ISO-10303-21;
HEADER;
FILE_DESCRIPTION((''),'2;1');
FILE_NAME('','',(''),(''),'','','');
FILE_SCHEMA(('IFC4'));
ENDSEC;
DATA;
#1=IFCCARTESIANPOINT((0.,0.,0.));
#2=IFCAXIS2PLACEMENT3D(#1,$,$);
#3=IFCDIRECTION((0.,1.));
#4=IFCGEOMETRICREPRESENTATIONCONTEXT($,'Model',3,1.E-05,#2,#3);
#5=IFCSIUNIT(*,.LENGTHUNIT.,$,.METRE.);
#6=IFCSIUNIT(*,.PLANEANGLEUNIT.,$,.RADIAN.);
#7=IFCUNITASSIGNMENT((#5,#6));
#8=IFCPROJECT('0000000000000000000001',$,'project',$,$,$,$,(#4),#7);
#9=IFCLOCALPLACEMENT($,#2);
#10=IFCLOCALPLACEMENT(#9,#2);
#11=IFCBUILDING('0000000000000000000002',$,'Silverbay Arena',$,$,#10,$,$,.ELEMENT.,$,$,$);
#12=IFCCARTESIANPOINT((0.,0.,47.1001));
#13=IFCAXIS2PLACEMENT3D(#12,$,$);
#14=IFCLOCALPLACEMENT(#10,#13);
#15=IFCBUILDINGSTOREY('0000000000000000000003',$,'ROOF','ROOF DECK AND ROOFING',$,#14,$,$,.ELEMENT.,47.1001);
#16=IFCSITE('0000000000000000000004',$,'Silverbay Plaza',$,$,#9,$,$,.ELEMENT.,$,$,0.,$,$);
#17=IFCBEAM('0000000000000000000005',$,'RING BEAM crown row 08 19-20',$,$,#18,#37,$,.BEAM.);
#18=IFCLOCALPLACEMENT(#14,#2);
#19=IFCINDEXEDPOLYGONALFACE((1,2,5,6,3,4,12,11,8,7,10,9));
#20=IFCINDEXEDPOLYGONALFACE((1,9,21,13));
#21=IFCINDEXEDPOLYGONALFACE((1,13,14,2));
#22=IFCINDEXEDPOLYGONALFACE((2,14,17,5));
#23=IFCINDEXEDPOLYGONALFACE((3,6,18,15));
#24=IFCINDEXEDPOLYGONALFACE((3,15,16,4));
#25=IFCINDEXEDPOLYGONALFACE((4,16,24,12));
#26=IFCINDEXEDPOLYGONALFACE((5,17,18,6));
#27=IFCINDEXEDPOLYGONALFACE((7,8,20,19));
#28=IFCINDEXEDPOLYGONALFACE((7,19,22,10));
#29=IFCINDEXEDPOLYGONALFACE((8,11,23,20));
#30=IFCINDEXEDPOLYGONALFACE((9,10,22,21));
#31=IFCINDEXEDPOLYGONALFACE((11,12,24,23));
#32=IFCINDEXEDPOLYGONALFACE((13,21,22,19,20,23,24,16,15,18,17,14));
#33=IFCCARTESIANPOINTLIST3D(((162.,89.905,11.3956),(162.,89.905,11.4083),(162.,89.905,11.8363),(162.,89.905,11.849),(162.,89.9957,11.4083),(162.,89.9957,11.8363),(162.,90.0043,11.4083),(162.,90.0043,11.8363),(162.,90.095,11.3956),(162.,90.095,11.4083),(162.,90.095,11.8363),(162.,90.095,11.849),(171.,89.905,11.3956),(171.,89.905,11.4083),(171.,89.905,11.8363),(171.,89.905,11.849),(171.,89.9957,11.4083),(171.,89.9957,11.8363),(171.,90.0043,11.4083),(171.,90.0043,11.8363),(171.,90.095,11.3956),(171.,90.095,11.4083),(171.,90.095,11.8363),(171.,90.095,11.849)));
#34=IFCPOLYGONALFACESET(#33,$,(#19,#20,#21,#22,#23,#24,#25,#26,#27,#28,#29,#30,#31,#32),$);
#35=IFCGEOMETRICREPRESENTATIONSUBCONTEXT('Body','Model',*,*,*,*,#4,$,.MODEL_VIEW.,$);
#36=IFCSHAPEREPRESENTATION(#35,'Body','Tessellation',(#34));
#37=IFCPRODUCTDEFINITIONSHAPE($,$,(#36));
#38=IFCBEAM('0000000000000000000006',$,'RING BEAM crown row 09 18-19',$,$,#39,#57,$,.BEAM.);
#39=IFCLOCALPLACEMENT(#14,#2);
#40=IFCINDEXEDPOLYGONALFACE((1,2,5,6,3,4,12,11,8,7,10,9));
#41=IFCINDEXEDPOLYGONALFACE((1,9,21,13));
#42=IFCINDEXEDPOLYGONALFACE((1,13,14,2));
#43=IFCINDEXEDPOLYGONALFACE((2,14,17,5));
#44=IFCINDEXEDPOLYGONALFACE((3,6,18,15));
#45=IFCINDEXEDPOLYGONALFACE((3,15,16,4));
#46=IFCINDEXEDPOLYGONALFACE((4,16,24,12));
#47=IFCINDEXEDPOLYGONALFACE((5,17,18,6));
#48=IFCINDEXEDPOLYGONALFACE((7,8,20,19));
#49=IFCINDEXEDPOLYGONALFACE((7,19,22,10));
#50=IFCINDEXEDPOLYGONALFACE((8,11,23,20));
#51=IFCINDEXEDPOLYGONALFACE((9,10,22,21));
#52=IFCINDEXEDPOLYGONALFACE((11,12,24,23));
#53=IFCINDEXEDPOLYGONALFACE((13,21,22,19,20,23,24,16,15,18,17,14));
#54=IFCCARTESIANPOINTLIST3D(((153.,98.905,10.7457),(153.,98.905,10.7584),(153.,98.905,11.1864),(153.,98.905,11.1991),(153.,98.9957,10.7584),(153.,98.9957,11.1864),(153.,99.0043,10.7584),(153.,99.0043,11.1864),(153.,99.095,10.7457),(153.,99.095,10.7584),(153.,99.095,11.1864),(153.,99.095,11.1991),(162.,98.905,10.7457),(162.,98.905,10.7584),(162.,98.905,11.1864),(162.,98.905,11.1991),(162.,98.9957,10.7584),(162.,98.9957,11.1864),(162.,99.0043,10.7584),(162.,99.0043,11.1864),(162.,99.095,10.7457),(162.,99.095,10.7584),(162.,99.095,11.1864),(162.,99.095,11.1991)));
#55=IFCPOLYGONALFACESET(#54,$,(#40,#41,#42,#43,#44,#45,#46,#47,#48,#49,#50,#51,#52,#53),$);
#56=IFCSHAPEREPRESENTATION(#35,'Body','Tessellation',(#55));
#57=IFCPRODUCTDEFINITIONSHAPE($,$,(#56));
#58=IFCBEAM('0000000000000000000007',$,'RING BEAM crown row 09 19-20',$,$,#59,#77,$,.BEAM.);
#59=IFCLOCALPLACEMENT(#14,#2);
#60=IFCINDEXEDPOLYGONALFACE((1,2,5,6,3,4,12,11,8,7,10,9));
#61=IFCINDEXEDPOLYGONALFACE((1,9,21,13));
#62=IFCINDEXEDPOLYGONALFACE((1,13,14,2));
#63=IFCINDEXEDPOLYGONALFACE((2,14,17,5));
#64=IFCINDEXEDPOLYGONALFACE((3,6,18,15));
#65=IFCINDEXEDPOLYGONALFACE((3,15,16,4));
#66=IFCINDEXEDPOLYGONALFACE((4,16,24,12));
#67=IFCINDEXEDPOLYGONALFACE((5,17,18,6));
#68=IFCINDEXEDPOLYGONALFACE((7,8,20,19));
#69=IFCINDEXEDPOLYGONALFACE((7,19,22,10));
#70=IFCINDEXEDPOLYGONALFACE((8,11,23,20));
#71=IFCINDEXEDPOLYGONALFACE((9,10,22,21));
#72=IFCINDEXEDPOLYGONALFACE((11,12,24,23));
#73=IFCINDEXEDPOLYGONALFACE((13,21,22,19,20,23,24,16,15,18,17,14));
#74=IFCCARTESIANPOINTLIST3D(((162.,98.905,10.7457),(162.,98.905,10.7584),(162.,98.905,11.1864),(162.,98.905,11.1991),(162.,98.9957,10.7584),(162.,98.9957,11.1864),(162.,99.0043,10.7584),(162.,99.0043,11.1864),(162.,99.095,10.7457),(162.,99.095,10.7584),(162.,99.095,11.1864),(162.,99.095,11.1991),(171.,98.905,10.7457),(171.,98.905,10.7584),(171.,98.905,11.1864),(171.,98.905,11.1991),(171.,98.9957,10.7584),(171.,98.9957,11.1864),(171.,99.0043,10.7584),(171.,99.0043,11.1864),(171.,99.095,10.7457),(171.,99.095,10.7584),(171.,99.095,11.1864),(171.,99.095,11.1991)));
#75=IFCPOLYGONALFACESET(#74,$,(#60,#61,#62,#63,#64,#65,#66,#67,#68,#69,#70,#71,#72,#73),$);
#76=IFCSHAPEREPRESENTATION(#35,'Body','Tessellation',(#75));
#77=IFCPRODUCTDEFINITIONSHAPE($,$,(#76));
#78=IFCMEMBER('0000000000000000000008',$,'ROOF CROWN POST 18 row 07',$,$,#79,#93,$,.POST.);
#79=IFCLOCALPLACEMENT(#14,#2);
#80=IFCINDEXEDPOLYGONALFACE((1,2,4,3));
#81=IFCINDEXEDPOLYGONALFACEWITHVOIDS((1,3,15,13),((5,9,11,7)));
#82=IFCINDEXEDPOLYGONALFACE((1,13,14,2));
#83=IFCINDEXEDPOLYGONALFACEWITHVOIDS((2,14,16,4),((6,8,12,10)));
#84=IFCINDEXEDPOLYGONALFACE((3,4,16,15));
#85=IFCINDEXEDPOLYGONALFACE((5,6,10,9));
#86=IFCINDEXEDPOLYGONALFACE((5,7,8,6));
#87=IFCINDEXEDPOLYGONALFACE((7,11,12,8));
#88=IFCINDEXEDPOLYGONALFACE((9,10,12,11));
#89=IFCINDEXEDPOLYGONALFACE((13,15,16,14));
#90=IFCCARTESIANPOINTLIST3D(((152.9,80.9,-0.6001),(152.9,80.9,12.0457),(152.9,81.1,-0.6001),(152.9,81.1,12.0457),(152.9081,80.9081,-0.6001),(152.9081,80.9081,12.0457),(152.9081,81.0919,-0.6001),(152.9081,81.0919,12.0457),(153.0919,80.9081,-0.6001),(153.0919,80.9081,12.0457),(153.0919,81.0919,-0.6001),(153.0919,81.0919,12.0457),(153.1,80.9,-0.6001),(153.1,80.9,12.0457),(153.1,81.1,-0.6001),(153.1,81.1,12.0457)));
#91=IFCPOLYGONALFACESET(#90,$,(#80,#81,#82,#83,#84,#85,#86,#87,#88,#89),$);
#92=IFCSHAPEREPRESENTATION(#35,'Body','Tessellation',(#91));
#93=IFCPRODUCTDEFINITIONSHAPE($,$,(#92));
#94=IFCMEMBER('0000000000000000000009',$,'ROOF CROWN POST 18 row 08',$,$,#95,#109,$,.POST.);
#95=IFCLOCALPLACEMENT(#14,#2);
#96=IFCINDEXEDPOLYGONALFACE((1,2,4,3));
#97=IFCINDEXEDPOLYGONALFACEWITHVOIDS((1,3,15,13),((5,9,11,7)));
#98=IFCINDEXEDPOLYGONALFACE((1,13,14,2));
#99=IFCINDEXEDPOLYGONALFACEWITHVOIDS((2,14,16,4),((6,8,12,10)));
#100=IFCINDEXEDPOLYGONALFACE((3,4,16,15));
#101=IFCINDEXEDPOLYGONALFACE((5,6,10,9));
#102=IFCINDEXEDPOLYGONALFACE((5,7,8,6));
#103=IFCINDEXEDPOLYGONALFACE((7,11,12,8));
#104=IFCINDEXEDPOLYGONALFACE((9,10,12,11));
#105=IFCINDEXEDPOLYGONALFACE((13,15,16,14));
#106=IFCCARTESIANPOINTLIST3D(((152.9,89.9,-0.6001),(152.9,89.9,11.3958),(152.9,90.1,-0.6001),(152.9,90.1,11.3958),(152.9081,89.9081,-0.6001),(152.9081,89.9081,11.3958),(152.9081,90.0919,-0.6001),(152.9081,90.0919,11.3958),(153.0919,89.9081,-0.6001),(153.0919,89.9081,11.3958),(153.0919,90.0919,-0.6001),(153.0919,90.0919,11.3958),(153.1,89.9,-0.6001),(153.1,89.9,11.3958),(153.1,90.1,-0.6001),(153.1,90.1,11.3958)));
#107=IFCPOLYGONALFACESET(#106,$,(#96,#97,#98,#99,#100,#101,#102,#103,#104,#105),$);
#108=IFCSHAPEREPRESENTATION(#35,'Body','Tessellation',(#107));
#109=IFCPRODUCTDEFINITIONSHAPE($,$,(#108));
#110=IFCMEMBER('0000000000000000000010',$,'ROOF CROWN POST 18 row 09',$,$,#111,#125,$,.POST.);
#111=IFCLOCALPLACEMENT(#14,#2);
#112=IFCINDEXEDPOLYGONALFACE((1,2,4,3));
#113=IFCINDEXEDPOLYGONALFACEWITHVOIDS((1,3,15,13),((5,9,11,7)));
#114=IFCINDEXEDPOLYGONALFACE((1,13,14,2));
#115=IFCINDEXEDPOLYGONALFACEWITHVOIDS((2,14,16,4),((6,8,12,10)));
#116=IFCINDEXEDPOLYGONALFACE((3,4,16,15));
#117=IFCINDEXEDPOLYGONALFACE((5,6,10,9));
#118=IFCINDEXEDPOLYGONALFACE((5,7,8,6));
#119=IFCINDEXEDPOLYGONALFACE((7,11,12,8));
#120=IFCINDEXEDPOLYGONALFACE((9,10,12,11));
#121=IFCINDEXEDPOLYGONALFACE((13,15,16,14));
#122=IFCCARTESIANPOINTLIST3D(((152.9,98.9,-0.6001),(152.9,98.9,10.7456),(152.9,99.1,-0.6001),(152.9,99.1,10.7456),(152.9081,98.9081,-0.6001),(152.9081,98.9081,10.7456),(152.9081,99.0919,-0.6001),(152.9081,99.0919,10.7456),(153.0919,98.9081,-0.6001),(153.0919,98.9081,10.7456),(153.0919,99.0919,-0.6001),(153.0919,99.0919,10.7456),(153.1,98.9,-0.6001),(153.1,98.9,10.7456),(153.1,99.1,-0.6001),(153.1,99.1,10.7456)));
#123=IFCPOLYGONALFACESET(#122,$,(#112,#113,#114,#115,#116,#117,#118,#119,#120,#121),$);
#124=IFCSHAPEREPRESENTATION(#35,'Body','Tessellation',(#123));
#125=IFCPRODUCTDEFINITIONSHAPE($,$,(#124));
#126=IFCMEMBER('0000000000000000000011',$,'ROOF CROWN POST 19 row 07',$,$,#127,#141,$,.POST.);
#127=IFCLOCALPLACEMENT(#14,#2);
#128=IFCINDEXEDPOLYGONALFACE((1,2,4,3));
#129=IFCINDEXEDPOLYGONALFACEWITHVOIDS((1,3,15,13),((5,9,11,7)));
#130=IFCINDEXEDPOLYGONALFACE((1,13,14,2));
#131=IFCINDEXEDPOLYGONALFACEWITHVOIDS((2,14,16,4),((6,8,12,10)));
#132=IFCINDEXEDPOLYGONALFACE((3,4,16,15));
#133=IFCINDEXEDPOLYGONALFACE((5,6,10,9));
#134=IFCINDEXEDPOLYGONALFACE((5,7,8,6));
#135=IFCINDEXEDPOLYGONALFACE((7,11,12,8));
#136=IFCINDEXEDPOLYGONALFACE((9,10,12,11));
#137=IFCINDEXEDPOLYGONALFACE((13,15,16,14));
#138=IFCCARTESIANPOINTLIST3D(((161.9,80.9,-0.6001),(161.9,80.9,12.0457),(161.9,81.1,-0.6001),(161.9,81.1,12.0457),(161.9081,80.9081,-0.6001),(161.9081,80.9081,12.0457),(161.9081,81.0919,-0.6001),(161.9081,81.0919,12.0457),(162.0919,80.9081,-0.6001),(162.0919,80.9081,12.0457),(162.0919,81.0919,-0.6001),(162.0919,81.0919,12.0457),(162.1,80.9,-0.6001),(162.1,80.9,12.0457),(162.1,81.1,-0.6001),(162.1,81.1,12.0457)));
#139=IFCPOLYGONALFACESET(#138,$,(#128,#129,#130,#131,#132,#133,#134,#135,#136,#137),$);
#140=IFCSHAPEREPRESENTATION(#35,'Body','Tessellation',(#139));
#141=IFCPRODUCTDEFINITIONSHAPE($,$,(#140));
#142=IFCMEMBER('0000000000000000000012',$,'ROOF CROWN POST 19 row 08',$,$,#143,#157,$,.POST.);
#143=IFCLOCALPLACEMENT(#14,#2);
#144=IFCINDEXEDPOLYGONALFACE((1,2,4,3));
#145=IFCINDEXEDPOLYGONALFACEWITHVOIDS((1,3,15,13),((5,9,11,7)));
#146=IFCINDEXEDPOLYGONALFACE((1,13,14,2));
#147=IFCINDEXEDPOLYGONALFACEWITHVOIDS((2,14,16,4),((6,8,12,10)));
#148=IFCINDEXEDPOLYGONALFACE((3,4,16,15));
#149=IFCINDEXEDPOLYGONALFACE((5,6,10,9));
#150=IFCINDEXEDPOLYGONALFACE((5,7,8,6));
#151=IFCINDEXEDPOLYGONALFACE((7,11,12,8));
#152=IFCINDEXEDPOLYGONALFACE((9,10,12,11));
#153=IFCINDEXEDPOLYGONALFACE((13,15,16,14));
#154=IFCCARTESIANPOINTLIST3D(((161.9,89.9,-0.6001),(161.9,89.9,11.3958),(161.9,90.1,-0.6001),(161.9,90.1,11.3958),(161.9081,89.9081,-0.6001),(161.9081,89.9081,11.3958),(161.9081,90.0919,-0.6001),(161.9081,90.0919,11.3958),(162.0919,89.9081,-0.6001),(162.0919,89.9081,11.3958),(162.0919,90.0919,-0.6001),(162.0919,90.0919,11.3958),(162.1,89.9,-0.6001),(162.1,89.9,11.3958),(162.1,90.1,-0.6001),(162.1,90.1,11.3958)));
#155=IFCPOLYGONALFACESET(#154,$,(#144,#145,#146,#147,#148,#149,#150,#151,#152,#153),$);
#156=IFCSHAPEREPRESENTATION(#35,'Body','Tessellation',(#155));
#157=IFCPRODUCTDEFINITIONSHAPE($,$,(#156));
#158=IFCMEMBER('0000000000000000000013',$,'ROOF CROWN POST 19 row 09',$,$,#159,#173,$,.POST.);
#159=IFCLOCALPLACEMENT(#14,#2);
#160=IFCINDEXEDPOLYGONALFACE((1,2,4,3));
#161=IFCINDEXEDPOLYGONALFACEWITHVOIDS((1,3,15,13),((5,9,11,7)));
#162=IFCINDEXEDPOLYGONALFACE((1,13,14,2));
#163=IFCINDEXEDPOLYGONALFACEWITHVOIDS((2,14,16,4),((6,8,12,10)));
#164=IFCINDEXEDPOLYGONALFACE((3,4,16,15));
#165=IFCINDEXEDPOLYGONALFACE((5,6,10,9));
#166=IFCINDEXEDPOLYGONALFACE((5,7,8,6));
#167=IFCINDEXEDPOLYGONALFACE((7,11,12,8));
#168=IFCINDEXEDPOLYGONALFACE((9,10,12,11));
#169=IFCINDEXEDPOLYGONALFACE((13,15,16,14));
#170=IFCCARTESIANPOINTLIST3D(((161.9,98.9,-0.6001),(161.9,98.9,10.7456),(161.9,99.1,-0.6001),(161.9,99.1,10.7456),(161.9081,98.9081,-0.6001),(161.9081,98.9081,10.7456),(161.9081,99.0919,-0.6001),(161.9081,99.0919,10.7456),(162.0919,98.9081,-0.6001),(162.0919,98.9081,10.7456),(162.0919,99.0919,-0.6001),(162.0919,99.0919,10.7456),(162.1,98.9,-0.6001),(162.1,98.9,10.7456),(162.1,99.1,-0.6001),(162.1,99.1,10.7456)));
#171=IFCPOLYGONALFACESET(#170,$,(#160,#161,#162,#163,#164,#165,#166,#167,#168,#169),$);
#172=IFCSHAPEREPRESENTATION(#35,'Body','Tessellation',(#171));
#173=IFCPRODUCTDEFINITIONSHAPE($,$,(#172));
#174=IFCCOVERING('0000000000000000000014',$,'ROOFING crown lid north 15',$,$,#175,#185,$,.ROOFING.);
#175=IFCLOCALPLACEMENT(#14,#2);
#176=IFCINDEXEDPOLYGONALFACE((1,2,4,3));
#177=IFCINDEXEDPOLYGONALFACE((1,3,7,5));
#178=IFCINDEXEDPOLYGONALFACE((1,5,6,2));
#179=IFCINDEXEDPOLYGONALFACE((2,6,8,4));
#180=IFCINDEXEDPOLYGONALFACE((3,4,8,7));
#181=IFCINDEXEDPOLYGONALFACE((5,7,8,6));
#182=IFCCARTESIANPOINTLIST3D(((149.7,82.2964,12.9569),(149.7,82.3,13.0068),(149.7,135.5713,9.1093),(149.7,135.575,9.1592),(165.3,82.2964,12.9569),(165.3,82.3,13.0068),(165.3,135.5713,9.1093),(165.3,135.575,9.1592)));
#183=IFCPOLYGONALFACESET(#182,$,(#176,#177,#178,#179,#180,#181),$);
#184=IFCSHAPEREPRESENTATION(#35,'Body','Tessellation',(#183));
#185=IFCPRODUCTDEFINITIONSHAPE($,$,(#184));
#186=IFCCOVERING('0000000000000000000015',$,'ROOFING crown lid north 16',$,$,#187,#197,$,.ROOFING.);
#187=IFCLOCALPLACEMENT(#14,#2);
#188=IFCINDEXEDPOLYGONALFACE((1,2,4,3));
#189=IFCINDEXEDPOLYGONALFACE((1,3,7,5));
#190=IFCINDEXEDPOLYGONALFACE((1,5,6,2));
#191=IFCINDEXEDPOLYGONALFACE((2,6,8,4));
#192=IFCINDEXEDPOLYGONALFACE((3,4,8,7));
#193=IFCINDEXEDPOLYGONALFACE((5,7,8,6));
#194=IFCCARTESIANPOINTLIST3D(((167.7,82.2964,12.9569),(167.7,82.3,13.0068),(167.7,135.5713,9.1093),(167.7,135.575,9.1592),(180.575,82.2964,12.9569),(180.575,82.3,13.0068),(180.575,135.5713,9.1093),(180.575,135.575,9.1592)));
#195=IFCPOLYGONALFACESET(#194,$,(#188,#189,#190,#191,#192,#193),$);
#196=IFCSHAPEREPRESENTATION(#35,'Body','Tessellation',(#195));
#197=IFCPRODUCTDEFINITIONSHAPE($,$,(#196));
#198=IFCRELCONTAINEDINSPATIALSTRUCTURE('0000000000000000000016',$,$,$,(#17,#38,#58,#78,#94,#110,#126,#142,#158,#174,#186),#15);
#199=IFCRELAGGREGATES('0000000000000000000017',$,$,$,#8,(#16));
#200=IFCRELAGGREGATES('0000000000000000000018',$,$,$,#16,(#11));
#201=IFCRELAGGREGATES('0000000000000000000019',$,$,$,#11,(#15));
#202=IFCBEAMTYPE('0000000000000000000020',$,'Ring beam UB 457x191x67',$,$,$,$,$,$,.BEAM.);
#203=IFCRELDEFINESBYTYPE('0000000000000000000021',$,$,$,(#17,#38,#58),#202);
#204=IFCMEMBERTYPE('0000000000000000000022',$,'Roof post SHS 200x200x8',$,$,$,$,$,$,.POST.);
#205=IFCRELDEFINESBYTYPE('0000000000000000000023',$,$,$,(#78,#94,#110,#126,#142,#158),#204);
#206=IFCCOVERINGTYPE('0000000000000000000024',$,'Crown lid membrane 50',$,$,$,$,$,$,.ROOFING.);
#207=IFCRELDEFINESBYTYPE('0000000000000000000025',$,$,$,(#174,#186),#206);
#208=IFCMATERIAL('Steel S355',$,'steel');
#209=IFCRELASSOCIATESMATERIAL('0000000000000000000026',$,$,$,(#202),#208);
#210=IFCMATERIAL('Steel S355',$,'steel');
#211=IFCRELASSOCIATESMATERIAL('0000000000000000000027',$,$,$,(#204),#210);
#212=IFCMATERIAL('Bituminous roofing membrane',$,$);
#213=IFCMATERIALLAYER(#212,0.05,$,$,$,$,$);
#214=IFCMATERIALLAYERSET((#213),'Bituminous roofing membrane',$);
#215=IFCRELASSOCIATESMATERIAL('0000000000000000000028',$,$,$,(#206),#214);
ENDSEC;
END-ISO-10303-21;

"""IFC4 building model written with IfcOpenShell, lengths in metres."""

from ifc_helpers import new_model, si_unit, direction, frame, origin, origin_2d, place, context, subcontext, project, spatial, polyline, hollow_rectangle, i_section, outline, extrude, material, layer, layer_set, material_profile, profile_set, type_object, element, save


model = new_model("IFC4")

# Units and contexts
model_context = context("Model", 3, precision=1e-05, world=origin(), true_north=direction((0.0, 1.0)))
body_context = subcontext(model_context, "Body", "Model", "MODEL_VIEW")
ifc_project = project(units=[si_unit("LENGTHUNIT", "METRE"), si_unit("PLANEANGLEUNIT", "RADIAN")], contexts=[model_context])

# Site, building, storey
site_placement = place(None, origin())
site = spatial("IfcSite", under=ifc_project, at=site_placement, Name="Silverbay Plaza", CompositionType="ELEMENT", RefElevation=0.0)
building_placement = place(site_placement, origin())
building = spatial("IfcBuilding", under=site, at=building_placement, Name="Silverbay Arena", CompositionType="ELEMENT")
storey_placement = place(building_placement, frame((0.0, 0.0, 47.1001)))
storey = spatial("IfcBuildingStorey", under=building, at=storey_placement, Name="ROOF", Description="ROOF DECK AND ROOFING", CompositionType="ELEMENT", Elevation=47.1001)

# Beams
ifc_material_1 = material(Name="Steel S355", Category="steel")
ifc_material_profile_1 = material_profile(ifc_material_1, i_section(OverallWidth=0.1899, OverallDepth=0.4534, WebThickness=0.0085, FlangeThickness=0.0127, at=origin_2d()), Name="UB 457x191x67")
ifc_profile_set_1 = profile_set([ifc_material_profile_1], Name="Steel S355")
beam_type = type_object("IfcBeamType", Name="Ring beam UB 457x191x67", PredefinedType="BEAM", material=ifc_profile_set_1)
for number, where, z_axis, x_axis, name in (
    (1, (162.0, 90.0, 11.6223), (1.0, 0.0, 0.0), (0.0, 1.0, 0.0), "RING BEAM crown row 08 19-20"),
    (2, (153.0, 99.0, 10.9724), (1.0, 0.0, 0.0), (0.0, 1.0, 0.0), "RING BEAM crown row 09 18-19"),
    (3, (162.0, 99.0, 10.9724), (1.0, 0.0, 0.0), (0.0, 1.0, 0.0), "RING BEAM crown row 09 19-20"),
):
    element("IfcBeam", number, at=place(storey_placement, frame(where, z_axis=z_axis, x_axis=x_axis)), inside=storey, type_object=beam_type, Name=name, PredefinedType="BEAM", context=body_context, shape_type="SweptSolid", body=[
        extrude(i_section(OverallWidth=0.1899, OverallDepth=0.4534, WebThickness=0.0085, FlangeThickness=0.0127, at=origin_2d()), origin(), (0.0, 0.0, 1.0), 9.0),
    ])

# Members
ifc_material_2 = material(Name="Steel S355", Category="steel")
ifc_material_profile_2 = material_profile(ifc_material_2, hollow_rectangle(XDim=0.2, YDim=0.2, WallThickness=0.0081, at=origin_2d()), Name="SHS 200x200x8")
ifc_profile_set_2 = profile_set([ifc_material_profile_2], Name="Steel S355")
member_type_1 = type_object("IfcMemberType", Name="Roof post SHS 200x200x8", PredefinedType="POST", material=ifc_profile_set_2)
member_1_placement = place(storey_placement, frame((153.0, 81.0, -0.6001), z_axis=(0.0, 0.0, 1.0), x_axis=(1.0, 0.0, 0.0)))
element("IfcMember", 4, at=member_1_placement, inside=storey, type_object=member_type_1, Name="ROOF CROWN POST 18 row 07", PredefinedType="POST", context=body_context, shape_type="SweptSolid", body=[
    extrude(hollow_rectangle(XDim=0.2, YDim=0.2, WallThickness=0.0081, at=origin_2d()), origin(), (0.0, 0.0, 1.0), 12.6458),
])
member_2_placement = place(storey_placement, frame((153.0, 90.0, -0.6001), z_axis=(0.0, 0.0, 1.0), x_axis=(1.0, 0.0, 0.0)))
element("IfcMember", 5, at=member_2_placement, inside=storey, type_object=member_type_1, Name="ROOF CROWN POST 18 row 08", PredefinedType="POST", context=body_context, shape_type="SweptSolid", body=[
    extrude(hollow_rectangle(XDim=0.2, YDim=0.2, WallThickness=0.0081, at=origin_2d()), origin(), (0.0, 0.0, 1.0), 11.9958),
])
member_3_placement = place(storey_placement, frame((153.0, 99.0, -0.6001), z_axis=(0.0, 0.0, 1.0), x_axis=(1.0, 0.0, 0.0)))
element("IfcMember", 6, at=member_3_placement, inside=storey, type_object=member_type_1, Name="ROOF CROWN POST 18 row 09", PredefinedType="POST", context=body_context, shape_type="SweptSolid", body=[
    extrude(hollow_rectangle(XDim=0.2, YDim=0.2, WallThickness=0.0081, at=origin_2d()), origin(), (0.0, 0.0, 1.0), 11.3457),
])
member_4_placement = place(storey_placement, frame((162.0, 81.0, -0.6001), z_axis=(0.0, 0.0, 1.0), x_axis=(1.0, 0.0, 0.0)))
element("IfcMember", 7, at=member_4_placement, inside=storey, type_object=member_type_1, Name="ROOF CROWN POST 19 row 07", PredefinedType="POST", context=body_context, shape_type="SweptSolid", body=[
    extrude(hollow_rectangle(XDim=0.2, YDim=0.2, WallThickness=0.0081, at=origin_2d()), origin(), (0.0, 0.0, 1.0), 12.6458),
])
member_5_placement = place(storey_placement, frame((162.0, 90.0, -0.6001), z_axis=(0.0, 0.0, 1.0), x_axis=(1.0, 0.0, 0.0)))
element("IfcMember", 8, at=member_5_placement, inside=storey, type_object=member_type_1, Name="ROOF CROWN POST 19 row 08", PredefinedType="POST", context=body_context, shape_type="SweptSolid", body=[
    extrude(hollow_rectangle(XDim=0.2, YDim=0.2, WallThickness=0.0081, at=origin_2d()), origin(), (0.0, 0.0, 1.0), 11.9958),
])
member_6_placement = place(storey_placement, frame((162.0, 99.0, -0.6001), z_axis=(0.0, 0.0, 1.0), x_axis=(1.0, 0.0, 0.0)))
element("IfcMember", 9, at=member_6_placement, inside=storey, type_object=member_type_1, Name="ROOF CROWN POST 19 row 09", PredefinedType="POST", context=body_context, shape_type="SweptSolid", body=[
    extrude(hollow_rectangle(XDim=0.2, YDim=0.2, WallThickness=0.0081, at=origin_2d()), origin(), (0.0, 0.0, 1.0), 11.3457),
])

# Coverings
ifc_material_3 = material(Name="Bituminous roofing membrane")
ifc_layer = layer(ifc_material_3, 0.05)
ifc_layer_set = layer_set([ifc_layer], Name="Bituminous roofing membrane")
covering_type = type_object("IfcCoveringType", Name="Crown lid membrane 50", PredefinedType="ROOFING", material=ifc_layer_set)
covering_1_placement = place(storey_placement, frame((149.7, 82.3, 13.0068), z_axis=(0.0, 0.072035, 0.997402), x_axis=(1.0, 0.0, 0.0)))
element("IfcCovering", 10, at=covering_1_placement, inside=storey, type_object=covering_type, Name="ROOFING crown lid north 15", PredefinedType="ROOFING", context=body_context, shape_type="SweptSolid", body=[
    extrude(outline(polyline([(0.0, 0.0), (15.6001, 0.0), (15.6001, 53.4137), (0.0, 53.4137), (0.0, 0.0)])), origin(), (0.0, 0.0, -1.0), 0.05),
])
covering_2_placement = place(storey_placement, frame((167.7, 82.3, 13.0068), z_axis=(0.0, 0.072035, 0.997402), x_axis=(1.0, 0.0, 0.0)))
element("IfcCovering", 11, at=covering_2_placement, inside=storey, type_object=covering_type, Name="ROOFING crown lid north 16", PredefinedType="ROOFING", context=body_context, shape_type="SweptSolid", body=[
    extrude(outline(polyline([(0.0, 0.0), (12.875, 0.0), (12.875, 53.4137), (0.0, 53.4137), (0.0, 0.0)])), origin(), (0.0, 0.0, -1.0), 0.05),
])

save(model, "model.ifc")
